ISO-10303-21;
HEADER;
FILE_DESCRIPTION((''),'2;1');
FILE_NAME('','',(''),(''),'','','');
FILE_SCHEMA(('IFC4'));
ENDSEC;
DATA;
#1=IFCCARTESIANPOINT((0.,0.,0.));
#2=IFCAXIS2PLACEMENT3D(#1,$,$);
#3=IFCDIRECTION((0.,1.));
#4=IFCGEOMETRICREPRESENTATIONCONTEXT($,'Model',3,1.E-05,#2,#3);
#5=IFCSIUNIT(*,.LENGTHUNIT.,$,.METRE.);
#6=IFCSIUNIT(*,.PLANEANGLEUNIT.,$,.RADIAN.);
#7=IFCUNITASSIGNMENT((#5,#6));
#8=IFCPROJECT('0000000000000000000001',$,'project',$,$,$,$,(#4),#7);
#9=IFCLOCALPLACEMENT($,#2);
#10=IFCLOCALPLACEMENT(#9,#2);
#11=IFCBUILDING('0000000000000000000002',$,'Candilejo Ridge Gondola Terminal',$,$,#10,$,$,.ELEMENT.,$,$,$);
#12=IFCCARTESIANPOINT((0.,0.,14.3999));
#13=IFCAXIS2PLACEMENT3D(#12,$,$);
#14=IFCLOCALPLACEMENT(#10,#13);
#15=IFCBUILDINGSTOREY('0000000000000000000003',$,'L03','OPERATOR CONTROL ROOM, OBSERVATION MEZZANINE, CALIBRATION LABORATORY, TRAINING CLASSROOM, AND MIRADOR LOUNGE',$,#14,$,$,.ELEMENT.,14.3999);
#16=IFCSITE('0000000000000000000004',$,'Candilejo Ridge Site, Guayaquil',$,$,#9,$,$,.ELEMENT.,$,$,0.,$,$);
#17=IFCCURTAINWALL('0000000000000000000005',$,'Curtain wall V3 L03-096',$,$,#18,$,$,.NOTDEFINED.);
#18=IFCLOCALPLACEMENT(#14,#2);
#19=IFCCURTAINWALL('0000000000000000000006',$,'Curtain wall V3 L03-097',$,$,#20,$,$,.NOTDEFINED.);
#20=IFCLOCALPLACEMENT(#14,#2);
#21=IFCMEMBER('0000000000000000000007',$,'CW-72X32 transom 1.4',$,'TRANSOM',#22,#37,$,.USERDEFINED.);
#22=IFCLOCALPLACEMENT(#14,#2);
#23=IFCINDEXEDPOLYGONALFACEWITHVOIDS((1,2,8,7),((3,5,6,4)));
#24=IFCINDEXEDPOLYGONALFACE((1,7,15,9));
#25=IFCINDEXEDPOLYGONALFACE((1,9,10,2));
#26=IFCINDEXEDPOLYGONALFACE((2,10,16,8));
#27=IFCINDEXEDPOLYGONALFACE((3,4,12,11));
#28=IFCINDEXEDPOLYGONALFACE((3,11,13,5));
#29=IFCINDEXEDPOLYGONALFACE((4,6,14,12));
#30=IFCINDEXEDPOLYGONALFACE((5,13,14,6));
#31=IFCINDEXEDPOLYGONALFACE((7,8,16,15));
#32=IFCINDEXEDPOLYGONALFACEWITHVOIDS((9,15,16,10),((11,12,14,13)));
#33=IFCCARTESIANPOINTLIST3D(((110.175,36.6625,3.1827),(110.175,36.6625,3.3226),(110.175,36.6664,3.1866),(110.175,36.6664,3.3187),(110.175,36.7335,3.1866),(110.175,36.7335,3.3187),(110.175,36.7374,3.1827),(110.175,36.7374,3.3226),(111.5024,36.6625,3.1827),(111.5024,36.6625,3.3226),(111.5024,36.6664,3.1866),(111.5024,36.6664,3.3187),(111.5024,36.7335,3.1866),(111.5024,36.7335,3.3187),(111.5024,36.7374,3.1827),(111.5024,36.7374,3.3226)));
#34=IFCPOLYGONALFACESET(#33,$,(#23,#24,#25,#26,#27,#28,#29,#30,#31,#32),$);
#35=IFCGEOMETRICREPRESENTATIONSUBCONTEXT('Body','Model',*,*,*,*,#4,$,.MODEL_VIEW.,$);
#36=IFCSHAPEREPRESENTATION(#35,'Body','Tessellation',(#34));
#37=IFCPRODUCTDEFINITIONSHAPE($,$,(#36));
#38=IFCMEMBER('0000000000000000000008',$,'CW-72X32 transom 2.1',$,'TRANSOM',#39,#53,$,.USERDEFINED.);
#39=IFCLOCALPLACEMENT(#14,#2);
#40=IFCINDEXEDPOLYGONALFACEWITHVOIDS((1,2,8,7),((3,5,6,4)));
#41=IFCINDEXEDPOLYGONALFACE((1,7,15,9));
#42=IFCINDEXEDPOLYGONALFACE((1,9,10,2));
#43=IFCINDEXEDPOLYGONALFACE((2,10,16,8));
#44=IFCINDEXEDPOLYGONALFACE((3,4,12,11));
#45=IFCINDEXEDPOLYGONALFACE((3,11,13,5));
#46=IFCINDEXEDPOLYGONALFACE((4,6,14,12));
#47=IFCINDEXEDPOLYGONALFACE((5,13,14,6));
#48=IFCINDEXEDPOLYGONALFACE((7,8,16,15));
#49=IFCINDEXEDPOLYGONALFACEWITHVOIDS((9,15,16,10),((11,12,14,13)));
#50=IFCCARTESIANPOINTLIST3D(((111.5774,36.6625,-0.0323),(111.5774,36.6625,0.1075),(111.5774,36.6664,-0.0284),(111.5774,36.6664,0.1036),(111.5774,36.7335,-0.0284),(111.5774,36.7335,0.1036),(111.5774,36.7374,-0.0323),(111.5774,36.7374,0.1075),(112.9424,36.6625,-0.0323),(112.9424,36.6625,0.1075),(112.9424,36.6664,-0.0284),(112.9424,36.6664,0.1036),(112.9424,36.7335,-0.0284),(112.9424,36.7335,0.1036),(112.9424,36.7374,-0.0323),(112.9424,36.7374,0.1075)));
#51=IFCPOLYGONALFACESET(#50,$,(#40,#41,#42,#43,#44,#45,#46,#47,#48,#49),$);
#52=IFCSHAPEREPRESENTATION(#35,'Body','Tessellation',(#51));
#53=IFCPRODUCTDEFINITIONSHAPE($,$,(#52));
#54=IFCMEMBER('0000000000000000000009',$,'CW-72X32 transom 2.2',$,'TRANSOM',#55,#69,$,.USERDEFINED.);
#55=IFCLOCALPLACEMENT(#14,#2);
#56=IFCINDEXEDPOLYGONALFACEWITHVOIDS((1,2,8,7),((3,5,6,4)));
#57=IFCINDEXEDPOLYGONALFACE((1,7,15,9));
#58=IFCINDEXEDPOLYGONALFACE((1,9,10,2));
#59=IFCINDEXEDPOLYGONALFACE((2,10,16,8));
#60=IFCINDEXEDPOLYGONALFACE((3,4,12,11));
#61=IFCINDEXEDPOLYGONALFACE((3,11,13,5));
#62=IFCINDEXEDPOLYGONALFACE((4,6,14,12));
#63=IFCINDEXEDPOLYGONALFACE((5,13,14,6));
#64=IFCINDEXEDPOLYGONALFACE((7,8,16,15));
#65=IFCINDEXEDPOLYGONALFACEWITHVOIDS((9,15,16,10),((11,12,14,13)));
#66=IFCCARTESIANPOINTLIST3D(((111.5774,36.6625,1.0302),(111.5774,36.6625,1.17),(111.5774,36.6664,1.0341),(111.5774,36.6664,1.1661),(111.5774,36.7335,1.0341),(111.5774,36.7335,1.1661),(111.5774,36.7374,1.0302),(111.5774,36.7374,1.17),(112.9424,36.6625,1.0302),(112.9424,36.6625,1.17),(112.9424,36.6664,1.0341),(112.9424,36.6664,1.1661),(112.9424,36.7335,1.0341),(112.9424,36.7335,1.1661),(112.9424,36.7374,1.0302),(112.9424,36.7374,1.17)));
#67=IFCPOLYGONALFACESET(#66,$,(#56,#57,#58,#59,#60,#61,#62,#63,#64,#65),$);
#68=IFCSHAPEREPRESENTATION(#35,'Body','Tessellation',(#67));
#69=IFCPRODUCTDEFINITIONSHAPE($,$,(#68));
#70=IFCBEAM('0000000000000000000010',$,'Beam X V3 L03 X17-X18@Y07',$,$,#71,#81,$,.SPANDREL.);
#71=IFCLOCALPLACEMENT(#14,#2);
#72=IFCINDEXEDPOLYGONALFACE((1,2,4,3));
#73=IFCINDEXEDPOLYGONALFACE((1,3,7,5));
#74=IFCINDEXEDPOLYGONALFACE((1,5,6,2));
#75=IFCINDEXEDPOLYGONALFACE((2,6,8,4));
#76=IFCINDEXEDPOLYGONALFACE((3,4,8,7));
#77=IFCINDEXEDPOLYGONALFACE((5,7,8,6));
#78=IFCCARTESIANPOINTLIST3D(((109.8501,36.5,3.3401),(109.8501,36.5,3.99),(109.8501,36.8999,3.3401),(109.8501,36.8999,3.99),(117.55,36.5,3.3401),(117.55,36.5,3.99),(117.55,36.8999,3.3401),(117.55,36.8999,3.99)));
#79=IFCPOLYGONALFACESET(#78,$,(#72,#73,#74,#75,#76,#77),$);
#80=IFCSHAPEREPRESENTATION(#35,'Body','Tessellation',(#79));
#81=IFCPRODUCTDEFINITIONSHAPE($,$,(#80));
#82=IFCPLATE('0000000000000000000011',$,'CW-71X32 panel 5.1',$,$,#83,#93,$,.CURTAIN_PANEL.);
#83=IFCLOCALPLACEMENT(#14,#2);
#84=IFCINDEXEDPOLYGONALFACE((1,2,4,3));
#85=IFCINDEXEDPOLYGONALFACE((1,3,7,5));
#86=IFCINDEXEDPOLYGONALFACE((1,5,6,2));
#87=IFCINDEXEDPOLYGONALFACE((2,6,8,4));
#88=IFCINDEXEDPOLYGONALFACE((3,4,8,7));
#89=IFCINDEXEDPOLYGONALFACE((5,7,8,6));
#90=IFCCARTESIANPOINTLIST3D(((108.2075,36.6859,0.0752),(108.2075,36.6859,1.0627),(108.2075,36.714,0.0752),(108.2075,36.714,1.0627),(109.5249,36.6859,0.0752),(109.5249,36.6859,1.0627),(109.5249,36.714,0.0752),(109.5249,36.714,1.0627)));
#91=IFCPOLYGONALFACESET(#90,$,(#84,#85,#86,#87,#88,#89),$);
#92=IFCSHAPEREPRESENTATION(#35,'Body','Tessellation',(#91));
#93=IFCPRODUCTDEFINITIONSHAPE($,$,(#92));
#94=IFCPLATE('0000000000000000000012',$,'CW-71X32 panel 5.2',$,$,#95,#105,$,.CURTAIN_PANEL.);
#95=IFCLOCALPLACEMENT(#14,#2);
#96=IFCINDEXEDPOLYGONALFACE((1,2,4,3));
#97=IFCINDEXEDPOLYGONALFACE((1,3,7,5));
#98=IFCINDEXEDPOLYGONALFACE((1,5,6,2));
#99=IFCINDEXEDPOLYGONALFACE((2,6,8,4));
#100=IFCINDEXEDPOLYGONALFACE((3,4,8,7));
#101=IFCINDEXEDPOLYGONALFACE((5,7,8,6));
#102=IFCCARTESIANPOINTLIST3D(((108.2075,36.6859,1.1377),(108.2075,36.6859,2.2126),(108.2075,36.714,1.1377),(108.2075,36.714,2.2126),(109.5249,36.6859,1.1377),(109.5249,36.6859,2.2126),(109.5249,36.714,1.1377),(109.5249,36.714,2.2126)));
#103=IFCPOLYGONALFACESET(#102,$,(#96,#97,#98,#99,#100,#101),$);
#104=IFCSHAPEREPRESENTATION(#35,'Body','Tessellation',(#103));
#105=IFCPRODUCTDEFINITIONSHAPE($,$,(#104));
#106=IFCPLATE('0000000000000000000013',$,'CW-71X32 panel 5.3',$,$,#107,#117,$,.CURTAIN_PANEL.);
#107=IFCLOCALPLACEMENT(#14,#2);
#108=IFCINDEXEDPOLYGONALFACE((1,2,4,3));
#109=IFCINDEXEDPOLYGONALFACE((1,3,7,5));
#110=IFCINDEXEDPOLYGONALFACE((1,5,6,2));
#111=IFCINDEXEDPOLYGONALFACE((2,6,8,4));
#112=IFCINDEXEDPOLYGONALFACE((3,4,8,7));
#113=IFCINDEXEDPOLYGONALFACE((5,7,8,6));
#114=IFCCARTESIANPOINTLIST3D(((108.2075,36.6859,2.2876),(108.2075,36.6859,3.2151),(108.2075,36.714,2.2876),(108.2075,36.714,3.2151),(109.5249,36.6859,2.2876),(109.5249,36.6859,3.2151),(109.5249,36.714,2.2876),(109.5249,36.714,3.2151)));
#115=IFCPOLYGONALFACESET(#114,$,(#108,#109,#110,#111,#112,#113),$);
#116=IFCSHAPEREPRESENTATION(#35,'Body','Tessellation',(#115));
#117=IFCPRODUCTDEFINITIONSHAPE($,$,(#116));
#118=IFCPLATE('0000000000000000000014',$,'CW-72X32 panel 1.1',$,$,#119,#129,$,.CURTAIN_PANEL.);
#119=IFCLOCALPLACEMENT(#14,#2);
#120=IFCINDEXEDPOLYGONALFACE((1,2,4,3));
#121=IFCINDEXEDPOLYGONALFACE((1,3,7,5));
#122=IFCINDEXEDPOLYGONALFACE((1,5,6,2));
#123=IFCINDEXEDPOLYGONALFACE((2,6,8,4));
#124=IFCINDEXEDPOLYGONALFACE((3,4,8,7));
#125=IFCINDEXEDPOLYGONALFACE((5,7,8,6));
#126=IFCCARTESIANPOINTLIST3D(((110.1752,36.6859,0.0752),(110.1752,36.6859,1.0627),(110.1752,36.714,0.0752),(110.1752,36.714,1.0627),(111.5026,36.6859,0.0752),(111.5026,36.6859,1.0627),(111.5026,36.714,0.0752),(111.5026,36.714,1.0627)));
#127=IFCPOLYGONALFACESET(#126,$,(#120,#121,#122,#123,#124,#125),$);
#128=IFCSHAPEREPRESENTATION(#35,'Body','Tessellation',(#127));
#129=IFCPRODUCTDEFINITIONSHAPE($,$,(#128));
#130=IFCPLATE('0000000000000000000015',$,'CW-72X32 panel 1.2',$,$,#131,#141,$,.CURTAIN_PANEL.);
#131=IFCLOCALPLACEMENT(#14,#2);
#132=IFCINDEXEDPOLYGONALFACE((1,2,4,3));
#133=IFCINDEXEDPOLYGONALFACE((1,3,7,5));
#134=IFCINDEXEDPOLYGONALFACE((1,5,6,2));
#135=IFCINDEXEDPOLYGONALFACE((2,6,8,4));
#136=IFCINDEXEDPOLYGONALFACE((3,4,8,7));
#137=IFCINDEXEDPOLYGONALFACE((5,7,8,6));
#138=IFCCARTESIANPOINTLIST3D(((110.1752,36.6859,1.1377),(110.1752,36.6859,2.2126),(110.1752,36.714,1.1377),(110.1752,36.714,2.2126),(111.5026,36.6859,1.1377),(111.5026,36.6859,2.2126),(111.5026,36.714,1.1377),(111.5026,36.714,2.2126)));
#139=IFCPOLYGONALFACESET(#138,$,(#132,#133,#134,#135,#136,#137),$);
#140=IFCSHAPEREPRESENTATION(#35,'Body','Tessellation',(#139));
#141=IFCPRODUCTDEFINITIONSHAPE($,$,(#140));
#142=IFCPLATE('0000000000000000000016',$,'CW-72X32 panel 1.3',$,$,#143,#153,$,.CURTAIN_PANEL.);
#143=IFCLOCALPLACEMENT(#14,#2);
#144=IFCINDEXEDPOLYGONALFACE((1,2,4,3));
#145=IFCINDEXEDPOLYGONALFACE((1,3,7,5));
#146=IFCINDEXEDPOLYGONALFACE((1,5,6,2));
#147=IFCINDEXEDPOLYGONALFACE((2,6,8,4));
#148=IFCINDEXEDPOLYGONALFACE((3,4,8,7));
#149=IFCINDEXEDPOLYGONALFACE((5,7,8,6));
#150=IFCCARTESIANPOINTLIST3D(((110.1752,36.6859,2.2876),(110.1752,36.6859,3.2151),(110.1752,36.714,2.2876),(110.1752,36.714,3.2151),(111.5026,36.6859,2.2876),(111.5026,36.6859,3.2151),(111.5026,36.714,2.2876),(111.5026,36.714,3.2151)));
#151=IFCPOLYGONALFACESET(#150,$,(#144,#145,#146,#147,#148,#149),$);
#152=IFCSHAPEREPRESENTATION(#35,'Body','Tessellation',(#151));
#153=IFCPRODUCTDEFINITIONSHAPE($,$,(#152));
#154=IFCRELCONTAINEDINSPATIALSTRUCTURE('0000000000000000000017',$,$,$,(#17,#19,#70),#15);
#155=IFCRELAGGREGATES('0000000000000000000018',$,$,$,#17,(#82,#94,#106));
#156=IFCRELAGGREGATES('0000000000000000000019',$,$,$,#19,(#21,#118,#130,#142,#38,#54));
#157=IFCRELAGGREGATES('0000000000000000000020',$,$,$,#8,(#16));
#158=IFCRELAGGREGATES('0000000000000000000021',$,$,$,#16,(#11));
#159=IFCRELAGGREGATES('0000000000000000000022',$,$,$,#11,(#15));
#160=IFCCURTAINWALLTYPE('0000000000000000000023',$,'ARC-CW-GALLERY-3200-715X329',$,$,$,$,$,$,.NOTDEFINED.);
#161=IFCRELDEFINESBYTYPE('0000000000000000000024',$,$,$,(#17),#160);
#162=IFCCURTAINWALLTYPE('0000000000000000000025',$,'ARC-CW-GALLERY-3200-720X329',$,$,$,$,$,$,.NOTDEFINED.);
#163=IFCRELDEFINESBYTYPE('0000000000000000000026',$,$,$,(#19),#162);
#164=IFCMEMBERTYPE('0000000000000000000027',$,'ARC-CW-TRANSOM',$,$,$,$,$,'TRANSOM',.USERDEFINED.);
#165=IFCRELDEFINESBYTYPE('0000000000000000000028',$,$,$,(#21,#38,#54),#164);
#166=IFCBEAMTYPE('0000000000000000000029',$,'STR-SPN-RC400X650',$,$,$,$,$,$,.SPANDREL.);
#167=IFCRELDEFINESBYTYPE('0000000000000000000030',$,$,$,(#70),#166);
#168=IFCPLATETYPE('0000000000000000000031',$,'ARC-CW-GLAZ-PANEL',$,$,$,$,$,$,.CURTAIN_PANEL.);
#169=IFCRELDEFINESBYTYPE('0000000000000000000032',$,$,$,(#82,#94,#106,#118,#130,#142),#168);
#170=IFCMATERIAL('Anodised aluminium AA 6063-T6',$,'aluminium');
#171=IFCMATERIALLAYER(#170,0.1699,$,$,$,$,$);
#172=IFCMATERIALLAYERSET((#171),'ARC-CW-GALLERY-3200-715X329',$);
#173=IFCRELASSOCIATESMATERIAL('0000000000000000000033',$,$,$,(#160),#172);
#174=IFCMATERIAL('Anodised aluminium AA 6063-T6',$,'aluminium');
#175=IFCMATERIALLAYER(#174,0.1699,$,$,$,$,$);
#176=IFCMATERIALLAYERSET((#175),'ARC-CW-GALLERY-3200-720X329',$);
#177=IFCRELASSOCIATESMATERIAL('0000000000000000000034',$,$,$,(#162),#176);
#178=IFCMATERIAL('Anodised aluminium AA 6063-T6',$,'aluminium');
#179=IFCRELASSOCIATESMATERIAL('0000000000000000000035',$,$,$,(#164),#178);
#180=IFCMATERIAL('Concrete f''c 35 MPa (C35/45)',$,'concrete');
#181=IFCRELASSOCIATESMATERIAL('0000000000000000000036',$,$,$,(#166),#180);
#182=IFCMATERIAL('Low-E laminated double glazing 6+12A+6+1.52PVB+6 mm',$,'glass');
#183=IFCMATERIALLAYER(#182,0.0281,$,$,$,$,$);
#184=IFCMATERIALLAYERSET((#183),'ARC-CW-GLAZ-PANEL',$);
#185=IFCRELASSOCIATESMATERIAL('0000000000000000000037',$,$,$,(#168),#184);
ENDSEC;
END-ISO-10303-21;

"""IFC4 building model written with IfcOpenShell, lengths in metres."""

from ifc_helpers import new_model, si_unit, direction, frame, origin, origin_2d, place, context, subcontext, project, spatial, rectangle, hollow_rectangle, extrude, material, layer, layer_set, material_profile, profile_set, type_object, element, aggregate, save


model = new_model("IFC4")

# Units and contexts
model_context = context("Model", 3, precision=1e-05, world=origin(), true_north=direction((0.0, 1.0)))
body_context = subcontext(model_context, "Body", "Model", "MODEL_VIEW")
ifc_project = project(units=[si_unit("LENGTHUNIT", "METRE"), si_unit("PLANEANGLEUNIT", "RADIAN")], contexts=[model_context])

# Site, building, storey
site_placement = place(None, origin())
site = spatial("IfcSite", under=ifc_project, at=site_placement, Name="Candilejo Ridge Site, Guayaquil", CompositionType="ELEMENT", RefElevation=0.0)
building_placement = place(site_placement, origin())
building = spatial("IfcBuilding", under=site, at=building_placement, Name="Candilejo Ridge Gondola Terminal", CompositionType="ELEMENT")
storey_placement = place(building_placement, frame((0.0, 0.0, 14.3999)))
storey = spatial("IfcBuildingStorey", under=building, at=storey_placement, Name="L03", Description="OPERATOR CONTROL ROOM, OBSERVATION MEZZANINE, CALIBRATION LABORATORY, TRAINING CLASSROOM, AND MIRADOR LOUNGE", CompositionType="ELEMENT", Elevation=14.3999)

# Curtain wall
ifc_material_1 = material(Name="Anodised aluminium AA 6063-T6", Category="aluminium")
ifc_layer_1 = layer(ifc_material_1, 0.1699)
ifc_layer_set_1 = layer_set([ifc_layer_1], Name="ARC-CW-GALLERY-3200-715X329")
curtain_wall_type_1 = type_object("IfcCurtainWallType", Name="ARC-CW-GALLERY-3200-715X329", PredefinedType="NOTDEFINED", material=ifc_layer_set_1)
curtain_wall_1_placement = place(storey_placement, origin())
curtain_wall_1 = element("IfcCurtainWall", 1, at=curtain_wall_1_placement, inside=storey, type_object=curtain_wall_type_1, Name="Curtain wall V3 L03-096", PredefinedType="NOTDEFINED")

# Curtain wall
ifc_material_2 = material(Name="Anodised aluminium AA 6063-T6", Category="aluminium")
ifc_layer_2 = layer(ifc_material_2, 0.1699)
ifc_layer_set_2 = layer_set([ifc_layer_2], Name="ARC-CW-GALLERY-3200-720X329")
curtain_wall_type_2 = type_object("IfcCurtainWallType", Name="ARC-CW-GALLERY-3200-720X329", PredefinedType="NOTDEFINED", material=ifc_layer_set_2)
curtain_wall_2_placement = place(storey_placement, origin())
curtain_wall_2 = element("IfcCurtainWall", 2, at=curtain_wall_2_placement, inside=storey, type_object=curtain_wall_type_2, Name="Curtain wall V3 L03-097", PredefinedType="NOTDEFINED")

# Members
ifc_material_3 = material(Name="Anodised aluminium AA 6063-T6", Category="aluminium")
ifc_material_profile_1 = material_profile(ifc_material_3, hollow_rectangle(XDim=0.075, YDim=0.1399, WallThickness=0.0039, at=origin_2d()))
ifc_profile_set_1 = profile_set([ifc_material_profile_1], Name="Anodised aluminium AA 6063-T6")
member_type_1 = type_object("IfcMemberType", Name="ARC-CW-TRANSOM", ElementType="TRANSOM", PredefinedType="USERDEFINED", material=ifc_profile_set_1)
member_1_placement = place(storey_placement, frame((110.175, 36.7, 3.2527), z_axis=(1.0, 0.0, 0.0), x_axis=(0.0, 1.0, 0.0)))
member_1 = element("IfcMember", 3, at=member_1_placement, type_object=member_type_1, Name="CW-72X32 transom 1.4", ObjectType="TRANSOM", PredefinedType="USERDEFINED", context=body_context, shape_type="SweptSolid", body=[
    extrude(hollow_rectangle(XDim=0.075, YDim=0.1399, WallThickness=0.0039, at=origin_2d()), origin(), (0.0, 0.0, 1.0), 1.3274),
])
member_2_placement = place(storey_placement, frame((111.5774, 36.7, 0.0376), z_axis=(1.0, 0.0, 0.0), x_axis=(0.0, 1.0, 0.0)))
member_2 = element("IfcMember", 4, at=member_2_placement, type_object=member_type_1, Name="CW-72X32 transom 2.1", ObjectType="TRANSOM", PredefinedType="USERDEFINED", context=body_context, shape_type="SweptSolid", body=[
    extrude(hollow_rectangle(XDim=0.075, YDim=0.1399, WallThickness=0.0039, at=origin_2d()), origin(), (0.0, 0.0, 1.0), 1.365),
])
member_3_placement = place(storey_placement, frame((111.5774, 36.7, 1.1001), z_axis=(1.0, 0.0, 0.0), x_axis=(0.0, 1.0, 0.0)))
member_3 = element("IfcMember", 5, at=member_3_placement, type_object=member_type_1, Name="CW-72X32 transom 2.2", ObjectType="TRANSOM", PredefinedType="USERDEFINED", context=body_context, shape_type="SweptSolid", body=[
    extrude(hollow_rectangle(XDim=0.075, YDim=0.1399, WallThickness=0.0039, at=origin_2d()), origin(), (0.0, 0.0, 1.0), 1.365),
])

# Beam
ifc_material_4 = material(Name="Concrete f'c 35 MPa (C35/45)", Category="concrete")
ifc_material_profile_2 = material_profile(ifc_material_4, rectangle(XDim=0.3999, YDim=0.6499, at=origin_2d()))
ifc_profile_set_2 = profile_set([ifc_material_profile_2], Name="Concrete f'c 35 MPa (C35/45)")
beam_type = type_object("IfcBeamType", Name="STR-SPN-RC400X650", PredefinedType="SPANDREL", material=ifc_profile_set_2)
beam_placement = place(storey_placement, frame((109.8501, 36.7, 3.665), z_axis=(1.0, 0.0, 0.0), x_axis=(0.0, 1.0, 0.0)))
element("IfcBeam", 6, at=beam_placement, inside=storey, type_object=beam_type, Name="Beam X V3 L03 X17-X18@Y07", PredefinedType="SPANDREL", context=body_context, shape_type="SweptSolid", body=[
    extrude(rectangle(XDim=0.3999, YDim=0.6499, at=origin_2d()), origin(), (0.0, 0.0, 1.0), 7.7),
])

# Plates
ifc_material_5 = material(Name="Low-E laminated double glazing 6+12A+6+1.52PVB+6 mm", Category="glass")
ifc_layer_3 = layer(ifc_material_5, 0.0281)
ifc_layer_set_3 = layer_set([ifc_layer_3], Name="ARC-CW-GLAZ-PANEL")
plate_type = type_object("IfcPlateType", Name="ARC-CW-GLAZ-PANEL", PredefinedType="CURTAIN_PANEL", material=ifc_layer_set_3)
plate_1_placement = place(storey_placement, frame((108.8662, 36.7, 0.0752), z_axis=(0.0, 0.0, 1.0), x_axis=(1.0, 0.0, 0.0)))
plate_1 = element("IfcPlate", 7, at=plate_1_placement, type_object=plate_type, Name="CW-71X32 panel 5.1", PredefinedType="CURTAIN_PANEL", context=body_context, shape_type="SweptSolid", body=[
    extrude(rectangle(XDim=1.3174, YDim=0.0281, at=origin_2d()), origin(), (0.0, 0.0, 1.0), 0.9875),
])
plate_2_placement = place(storey_placement, frame((108.8662, 36.7, 1.1377), z_axis=(0.0, 0.0, 1.0), x_axis=(1.0, 0.0, 0.0)))
plate_2 = element("IfcPlate", 8, at=plate_2_placement, type_object=plate_type, Name="CW-71X32 panel 5.2", PredefinedType="CURTAIN_PANEL", context=body_context, shape_type="SweptSolid", body=[
    extrude(rectangle(XDim=1.3174, YDim=0.0281, at=origin_2d()), origin(), (0.0, 0.0, 1.0), 1.075),
])
plate_3_placement = place(storey_placement, frame((108.8662, 36.7, 2.2876), z_axis=(0.0, 0.0, 1.0), x_axis=(1.0, 0.0, 0.0)))
plate_3 = element("IfcPlate", 9, at=plate_3_placement, type_object=plate_type, Name="CW-71X32 panel 5.3", PredefinedType="CURTAIN_PANEL", context=body_context, shape_type="SweptSolid", body=[
    extrude(rectangle(XDim=1.3174, YDim=0.0281, at=origin_2d()), origin(), (0.0, 0.0, 1.0), 0.9275),
])
aggregate(curtain_wall_1, [plate_1, plate_2, plate_3])
plate_4_placement = place(storey_placement, frame((110.8389, 36.7, 0.0752), z_axis=(0.0, 0.0, 1.0), x_axis=(1.0, 0.0, 0.0)))
plate_4 = element("IfcPlate", 10, at=plate_4_placement, type_object=plate_type, Name="CW-72X32 panel 1.1", PredefinedType="CURTAIN_PANEL", context=body_context, shape_type="SweptSolid", body=[
    extrude(rectangle(XDim=1.3274, YDim=0.0281, at=origin_2d()), origin(), (0.0, 0.0, 1.0), 0.9875),
])
plate_5_placement = place(storey_placement, frame((110.8389, 36.7, 1.1377), z_axis=(0.0, 0.0, 1.0), x_axis=(1.0, 0.0, 0.0)))
plate_5 = element("IfcPlate", 11, at=plate_5_placement, type_object=plate_type, Name="CW-72X32 panel 1.2", PredefinedType="CURTAIN_PANEL", context=body_context, shape_type="SweptSolid", body=[
    extrude(rectangle(XDim=1.3274, YDim=0.0281, at=origin_2d()), origin(), (0.0, 0.0, 1.0), 1.075),
])
plate_6_placement = place(storey_placement, frame((110.8389, 36.7, 2.2876), z_axis=(0.0, 0.0, 1.0), x_axis=(1.0, 0.0, 0.0)))
plate_6 = element("IfcPlate", 12, at=plate_6_placement, type_object=plate_type, Name="CW-72X32 panel 1.3", PredefinedType="CURTAIN_PANEL", context=body_context, shape_type="SweptSolid", body=[
    extrude(rectangle(XDim=1.3274, YDim=0.0281, at=origin_2d()), origin(), (0.0, 0.0, 1.0), 0.9275),
])
aggregate(curtain_wall_2, [member_1, plate_4, plate_5, plate_6, member_2, member_3])

save(model, "model.ifc")
